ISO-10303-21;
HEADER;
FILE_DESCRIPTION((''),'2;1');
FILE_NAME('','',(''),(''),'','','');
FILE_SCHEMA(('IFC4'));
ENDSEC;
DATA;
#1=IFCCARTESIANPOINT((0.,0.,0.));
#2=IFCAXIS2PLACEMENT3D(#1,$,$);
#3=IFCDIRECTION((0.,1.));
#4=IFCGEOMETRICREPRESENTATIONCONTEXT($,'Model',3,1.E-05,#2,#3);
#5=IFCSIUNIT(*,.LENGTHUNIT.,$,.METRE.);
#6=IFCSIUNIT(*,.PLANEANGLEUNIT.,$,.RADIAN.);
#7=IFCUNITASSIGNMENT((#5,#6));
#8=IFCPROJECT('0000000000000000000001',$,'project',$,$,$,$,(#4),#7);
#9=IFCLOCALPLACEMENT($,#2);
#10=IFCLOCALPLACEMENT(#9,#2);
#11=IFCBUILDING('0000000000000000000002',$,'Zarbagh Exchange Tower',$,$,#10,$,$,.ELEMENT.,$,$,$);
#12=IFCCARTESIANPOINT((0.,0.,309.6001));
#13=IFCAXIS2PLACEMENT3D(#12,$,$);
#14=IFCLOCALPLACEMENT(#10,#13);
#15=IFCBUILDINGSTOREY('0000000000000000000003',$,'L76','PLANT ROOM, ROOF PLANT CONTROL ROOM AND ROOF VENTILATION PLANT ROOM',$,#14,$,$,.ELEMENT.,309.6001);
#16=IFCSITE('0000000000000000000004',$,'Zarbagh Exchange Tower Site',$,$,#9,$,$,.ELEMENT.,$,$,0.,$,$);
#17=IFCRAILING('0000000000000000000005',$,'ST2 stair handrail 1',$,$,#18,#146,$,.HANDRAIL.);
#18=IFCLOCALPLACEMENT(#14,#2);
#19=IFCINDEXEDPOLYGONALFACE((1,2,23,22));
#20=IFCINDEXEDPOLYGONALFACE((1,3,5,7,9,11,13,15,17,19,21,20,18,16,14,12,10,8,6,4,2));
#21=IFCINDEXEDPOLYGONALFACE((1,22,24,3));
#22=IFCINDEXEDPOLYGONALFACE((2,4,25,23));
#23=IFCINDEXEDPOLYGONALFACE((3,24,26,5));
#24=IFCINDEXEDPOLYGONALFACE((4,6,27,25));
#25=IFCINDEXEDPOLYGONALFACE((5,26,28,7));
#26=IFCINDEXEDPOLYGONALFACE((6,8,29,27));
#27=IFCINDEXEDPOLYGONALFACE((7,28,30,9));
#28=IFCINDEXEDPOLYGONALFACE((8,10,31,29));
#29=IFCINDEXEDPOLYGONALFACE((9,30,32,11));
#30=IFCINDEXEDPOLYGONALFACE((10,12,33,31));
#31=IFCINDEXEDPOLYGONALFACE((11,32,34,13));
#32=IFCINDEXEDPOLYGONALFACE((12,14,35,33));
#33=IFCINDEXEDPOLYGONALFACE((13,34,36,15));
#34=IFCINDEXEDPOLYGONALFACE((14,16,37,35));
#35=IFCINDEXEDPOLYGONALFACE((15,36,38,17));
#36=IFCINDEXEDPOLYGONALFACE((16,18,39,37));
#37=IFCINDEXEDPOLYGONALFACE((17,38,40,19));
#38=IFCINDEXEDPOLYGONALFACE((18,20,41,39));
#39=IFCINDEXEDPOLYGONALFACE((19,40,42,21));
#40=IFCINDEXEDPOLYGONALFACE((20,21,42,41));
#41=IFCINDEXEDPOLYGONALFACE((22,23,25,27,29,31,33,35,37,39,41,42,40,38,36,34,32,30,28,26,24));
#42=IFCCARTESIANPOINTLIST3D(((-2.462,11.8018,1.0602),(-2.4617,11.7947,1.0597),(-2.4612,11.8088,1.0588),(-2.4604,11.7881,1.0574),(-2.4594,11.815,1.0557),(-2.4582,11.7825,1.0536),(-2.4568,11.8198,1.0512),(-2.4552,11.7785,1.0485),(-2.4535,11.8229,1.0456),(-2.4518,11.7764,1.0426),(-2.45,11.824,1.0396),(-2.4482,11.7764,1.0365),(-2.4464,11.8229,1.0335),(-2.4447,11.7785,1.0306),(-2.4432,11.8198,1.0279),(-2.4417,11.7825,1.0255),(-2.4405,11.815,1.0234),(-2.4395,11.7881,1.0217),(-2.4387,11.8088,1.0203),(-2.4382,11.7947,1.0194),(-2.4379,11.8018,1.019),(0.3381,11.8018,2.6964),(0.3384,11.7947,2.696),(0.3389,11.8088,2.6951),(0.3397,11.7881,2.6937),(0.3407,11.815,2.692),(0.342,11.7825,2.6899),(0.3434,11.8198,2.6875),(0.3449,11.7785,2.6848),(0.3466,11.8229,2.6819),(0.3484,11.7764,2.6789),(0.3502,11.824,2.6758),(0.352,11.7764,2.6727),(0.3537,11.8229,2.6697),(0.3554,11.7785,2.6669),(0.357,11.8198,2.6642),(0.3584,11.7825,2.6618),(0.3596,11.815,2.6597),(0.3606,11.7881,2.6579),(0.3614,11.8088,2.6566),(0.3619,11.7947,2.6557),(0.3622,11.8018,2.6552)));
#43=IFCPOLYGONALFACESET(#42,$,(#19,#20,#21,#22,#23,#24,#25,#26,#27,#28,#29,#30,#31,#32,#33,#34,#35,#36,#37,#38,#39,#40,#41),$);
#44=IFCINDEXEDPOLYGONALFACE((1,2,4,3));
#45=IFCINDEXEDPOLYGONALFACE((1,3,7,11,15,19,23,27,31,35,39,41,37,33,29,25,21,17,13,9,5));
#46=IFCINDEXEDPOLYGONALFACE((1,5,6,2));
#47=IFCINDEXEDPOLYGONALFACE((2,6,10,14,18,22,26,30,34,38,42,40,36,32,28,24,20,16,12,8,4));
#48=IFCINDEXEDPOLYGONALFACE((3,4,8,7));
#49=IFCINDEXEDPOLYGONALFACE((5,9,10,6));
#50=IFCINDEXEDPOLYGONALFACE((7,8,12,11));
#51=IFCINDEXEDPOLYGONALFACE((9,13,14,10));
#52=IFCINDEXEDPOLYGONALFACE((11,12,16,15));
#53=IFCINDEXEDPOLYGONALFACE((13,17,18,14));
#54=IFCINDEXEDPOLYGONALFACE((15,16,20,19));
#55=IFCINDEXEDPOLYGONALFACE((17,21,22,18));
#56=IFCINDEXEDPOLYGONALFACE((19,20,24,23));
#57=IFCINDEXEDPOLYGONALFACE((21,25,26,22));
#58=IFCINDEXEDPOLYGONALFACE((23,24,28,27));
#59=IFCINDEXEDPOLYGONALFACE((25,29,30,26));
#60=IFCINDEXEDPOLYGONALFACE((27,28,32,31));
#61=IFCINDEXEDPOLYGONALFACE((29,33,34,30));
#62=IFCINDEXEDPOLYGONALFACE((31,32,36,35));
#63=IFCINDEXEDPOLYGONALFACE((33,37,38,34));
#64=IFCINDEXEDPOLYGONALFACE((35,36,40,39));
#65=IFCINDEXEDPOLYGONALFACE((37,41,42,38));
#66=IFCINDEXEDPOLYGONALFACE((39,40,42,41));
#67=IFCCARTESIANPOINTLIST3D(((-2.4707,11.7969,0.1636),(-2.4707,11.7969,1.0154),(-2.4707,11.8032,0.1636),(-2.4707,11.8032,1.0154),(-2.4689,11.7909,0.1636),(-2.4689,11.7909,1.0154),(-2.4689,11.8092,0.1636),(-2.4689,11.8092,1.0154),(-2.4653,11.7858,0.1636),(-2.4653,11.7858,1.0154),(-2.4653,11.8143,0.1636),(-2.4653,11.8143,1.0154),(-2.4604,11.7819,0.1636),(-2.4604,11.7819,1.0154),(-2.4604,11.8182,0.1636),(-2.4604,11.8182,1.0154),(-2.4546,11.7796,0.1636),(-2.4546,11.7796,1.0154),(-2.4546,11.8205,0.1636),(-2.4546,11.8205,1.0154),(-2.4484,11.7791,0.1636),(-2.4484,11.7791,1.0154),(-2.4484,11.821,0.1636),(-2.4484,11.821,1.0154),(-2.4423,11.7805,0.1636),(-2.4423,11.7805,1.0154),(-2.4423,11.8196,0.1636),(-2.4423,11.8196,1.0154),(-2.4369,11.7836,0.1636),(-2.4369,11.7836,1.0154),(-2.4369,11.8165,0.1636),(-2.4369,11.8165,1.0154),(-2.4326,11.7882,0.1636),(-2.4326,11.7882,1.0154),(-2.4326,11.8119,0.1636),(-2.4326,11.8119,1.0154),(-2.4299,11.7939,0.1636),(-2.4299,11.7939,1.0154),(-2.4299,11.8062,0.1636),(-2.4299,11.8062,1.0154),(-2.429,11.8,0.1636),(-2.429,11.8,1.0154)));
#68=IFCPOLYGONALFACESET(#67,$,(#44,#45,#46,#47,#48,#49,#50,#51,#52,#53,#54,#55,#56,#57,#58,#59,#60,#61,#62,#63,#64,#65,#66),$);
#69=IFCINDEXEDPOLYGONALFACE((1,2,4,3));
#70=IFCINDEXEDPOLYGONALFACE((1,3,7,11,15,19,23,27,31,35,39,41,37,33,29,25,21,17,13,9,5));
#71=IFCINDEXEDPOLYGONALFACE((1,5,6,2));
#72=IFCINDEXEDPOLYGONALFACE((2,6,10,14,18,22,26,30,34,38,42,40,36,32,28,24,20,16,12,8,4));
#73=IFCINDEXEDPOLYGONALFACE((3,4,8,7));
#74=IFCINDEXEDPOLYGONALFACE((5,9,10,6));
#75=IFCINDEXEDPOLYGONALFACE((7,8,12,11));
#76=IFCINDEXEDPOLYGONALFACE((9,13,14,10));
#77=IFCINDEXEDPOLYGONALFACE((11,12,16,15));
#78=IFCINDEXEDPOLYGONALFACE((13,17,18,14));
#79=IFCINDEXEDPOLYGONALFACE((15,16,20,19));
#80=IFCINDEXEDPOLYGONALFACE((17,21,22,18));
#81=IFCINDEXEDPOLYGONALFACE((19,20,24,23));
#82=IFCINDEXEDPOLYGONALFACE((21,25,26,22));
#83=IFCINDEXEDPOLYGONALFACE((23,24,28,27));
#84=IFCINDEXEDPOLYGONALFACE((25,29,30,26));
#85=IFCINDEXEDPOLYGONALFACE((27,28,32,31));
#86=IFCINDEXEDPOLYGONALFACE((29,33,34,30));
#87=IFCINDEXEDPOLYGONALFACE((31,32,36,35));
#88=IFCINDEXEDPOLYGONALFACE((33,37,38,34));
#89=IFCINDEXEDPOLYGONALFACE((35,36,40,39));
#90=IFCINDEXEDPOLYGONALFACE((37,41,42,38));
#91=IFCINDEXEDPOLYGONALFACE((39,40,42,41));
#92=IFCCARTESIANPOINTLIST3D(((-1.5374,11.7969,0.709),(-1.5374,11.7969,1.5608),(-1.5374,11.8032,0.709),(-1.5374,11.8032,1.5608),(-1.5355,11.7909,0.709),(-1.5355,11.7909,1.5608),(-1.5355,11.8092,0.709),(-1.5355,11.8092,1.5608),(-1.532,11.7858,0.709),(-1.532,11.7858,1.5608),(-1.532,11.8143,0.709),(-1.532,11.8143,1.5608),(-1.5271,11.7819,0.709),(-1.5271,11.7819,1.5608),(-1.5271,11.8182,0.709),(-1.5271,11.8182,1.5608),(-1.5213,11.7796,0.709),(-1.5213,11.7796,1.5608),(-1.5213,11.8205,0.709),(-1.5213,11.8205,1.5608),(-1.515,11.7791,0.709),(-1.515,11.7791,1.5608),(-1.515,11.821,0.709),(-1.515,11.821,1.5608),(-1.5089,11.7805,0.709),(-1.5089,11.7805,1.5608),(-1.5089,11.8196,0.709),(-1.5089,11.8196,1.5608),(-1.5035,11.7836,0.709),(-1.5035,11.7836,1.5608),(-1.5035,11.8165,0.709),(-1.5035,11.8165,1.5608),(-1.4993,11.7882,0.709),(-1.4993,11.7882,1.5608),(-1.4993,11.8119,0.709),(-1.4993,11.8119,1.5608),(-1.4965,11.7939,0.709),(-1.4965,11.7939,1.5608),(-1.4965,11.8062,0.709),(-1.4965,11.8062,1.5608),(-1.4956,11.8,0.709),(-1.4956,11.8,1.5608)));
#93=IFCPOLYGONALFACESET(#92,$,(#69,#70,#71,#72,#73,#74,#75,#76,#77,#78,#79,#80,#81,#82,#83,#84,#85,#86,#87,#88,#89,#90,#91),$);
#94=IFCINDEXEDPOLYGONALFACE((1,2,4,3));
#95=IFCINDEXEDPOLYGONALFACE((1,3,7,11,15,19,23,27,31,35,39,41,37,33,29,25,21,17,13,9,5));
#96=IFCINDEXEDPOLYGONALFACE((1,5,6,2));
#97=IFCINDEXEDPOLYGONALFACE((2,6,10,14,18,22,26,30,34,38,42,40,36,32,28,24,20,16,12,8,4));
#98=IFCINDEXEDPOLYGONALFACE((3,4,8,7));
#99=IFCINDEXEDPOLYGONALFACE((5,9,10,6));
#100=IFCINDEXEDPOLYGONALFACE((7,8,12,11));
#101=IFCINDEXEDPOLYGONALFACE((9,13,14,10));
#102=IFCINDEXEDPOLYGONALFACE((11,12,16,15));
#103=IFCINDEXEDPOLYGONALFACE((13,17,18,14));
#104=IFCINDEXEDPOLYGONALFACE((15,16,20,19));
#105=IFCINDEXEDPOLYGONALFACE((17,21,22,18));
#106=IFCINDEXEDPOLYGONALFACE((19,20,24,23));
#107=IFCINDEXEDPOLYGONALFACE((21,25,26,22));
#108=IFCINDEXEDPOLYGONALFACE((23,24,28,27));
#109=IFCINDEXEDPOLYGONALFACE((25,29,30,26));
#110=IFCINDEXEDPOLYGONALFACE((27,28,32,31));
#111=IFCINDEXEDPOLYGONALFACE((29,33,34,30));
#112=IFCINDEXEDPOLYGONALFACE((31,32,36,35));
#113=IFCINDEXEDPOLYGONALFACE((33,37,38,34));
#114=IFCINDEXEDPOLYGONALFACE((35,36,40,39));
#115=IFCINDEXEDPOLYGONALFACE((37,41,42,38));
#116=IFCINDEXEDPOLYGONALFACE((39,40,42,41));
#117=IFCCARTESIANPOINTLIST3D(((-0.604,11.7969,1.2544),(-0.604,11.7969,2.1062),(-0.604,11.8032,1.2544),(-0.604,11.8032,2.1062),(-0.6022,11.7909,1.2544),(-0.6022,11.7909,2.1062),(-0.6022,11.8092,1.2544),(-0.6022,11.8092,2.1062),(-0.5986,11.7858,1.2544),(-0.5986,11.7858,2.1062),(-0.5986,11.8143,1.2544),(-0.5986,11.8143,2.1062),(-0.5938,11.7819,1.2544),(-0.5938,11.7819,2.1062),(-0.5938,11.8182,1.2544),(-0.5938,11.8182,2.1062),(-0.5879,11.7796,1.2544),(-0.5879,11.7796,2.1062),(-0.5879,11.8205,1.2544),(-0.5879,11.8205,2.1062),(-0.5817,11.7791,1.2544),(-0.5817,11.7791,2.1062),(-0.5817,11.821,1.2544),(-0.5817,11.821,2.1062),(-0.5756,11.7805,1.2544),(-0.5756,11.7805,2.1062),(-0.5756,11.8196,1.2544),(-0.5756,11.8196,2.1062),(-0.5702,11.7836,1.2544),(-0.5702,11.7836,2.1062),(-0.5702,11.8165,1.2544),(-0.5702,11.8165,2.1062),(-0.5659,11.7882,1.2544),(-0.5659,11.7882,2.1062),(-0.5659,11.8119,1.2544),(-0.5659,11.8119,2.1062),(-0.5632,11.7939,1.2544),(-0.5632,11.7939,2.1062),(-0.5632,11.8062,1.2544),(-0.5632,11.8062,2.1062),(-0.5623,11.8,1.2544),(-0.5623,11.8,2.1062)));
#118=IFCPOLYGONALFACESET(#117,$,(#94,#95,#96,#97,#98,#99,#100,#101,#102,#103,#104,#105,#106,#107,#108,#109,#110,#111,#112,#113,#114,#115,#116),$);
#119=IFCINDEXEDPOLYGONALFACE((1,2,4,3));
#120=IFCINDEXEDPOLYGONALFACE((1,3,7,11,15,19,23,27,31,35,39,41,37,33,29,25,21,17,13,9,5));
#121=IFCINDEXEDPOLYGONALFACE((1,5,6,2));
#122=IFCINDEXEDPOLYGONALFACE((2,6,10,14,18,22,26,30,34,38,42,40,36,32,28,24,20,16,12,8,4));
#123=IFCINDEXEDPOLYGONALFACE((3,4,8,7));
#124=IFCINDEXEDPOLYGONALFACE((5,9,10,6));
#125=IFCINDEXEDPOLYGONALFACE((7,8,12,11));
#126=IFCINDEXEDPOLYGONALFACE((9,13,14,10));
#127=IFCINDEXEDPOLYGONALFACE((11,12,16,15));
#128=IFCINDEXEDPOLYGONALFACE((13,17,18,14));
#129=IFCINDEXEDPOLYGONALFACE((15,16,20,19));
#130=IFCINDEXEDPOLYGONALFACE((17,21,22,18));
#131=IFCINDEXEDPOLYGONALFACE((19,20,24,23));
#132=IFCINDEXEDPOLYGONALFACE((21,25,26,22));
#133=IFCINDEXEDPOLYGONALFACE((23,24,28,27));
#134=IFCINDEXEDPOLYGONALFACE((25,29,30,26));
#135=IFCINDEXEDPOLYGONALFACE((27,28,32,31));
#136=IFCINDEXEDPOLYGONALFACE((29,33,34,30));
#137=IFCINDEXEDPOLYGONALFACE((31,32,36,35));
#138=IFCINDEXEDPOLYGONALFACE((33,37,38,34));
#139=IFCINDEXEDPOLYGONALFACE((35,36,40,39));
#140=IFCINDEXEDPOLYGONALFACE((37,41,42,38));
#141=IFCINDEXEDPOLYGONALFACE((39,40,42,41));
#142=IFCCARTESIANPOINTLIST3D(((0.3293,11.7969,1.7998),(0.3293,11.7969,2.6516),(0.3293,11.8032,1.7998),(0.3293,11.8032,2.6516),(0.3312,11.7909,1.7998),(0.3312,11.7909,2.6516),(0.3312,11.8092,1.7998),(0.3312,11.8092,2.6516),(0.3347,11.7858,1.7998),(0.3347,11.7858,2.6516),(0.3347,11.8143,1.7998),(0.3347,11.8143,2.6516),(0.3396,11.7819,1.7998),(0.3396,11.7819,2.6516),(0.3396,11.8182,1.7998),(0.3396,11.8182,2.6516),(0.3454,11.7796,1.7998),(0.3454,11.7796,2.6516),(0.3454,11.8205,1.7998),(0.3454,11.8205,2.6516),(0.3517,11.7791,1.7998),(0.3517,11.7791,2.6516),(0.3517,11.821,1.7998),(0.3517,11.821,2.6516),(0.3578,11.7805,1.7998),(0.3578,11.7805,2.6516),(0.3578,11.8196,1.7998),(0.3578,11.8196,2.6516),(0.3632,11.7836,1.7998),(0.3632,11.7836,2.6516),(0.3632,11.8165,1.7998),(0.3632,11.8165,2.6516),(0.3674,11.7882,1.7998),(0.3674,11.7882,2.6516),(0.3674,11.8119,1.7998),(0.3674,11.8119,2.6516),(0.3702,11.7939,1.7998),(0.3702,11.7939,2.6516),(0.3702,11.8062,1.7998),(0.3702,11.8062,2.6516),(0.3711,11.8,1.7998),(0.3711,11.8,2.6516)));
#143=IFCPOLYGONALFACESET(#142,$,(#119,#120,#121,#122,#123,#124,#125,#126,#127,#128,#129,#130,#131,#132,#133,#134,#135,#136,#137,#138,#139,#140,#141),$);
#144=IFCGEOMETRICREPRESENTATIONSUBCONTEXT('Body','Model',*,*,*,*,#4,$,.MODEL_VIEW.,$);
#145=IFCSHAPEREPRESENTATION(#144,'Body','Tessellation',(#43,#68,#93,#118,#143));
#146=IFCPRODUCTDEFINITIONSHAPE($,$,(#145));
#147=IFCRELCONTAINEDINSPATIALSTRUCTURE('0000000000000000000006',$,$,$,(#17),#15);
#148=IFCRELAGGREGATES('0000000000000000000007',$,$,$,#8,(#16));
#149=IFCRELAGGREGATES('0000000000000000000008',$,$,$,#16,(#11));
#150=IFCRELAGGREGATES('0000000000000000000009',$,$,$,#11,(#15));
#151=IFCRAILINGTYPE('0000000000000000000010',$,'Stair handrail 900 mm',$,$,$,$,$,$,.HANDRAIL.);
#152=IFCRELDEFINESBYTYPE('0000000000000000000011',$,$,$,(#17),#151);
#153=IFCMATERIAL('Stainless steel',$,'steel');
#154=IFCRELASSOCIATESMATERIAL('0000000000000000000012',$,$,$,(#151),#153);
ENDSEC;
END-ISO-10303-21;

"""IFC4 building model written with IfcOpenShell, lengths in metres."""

from ifc_helpers import new_model, si_unit, direction, frame, origin, origin_2d, place, context, subcontext, project, spatial, circle, extrude, material, type_object, element, save


model = new_model("IFC4")

# Units and contexts
model_context = context("Model", 3, precision=1e-05, world=origin(), true_north=direction((0.0, 1.0)))
body_context = subcontext(model_context, "Body", "Model", "MODEL_VIEW")
ifc_project = project(units=[si_unit("LENGTHUNIT", "METRE"), si_unit("PLANEANGLEUNIT", "RADIAN")], contexts=[model_context])

# Site, building, storey
site_placement = place(None, origin())
site = spatial("IfcSite", under=ifc_project, at=site_placement, Name="Zarbagh Exchange Tower Site", CompositionType="ELEMENT", RefElevation=0.0)
building_placement = place(site_placement, origin())
building = spatial("IfcBuilding", under=site, at=building_placement, Name="Zarbagh Exchange Tower", CompositionType="ELEMENT")
storey_placement = place(building_placement, frame((0.0, 0.0, 309.6001)))
storey = spatial("IfcBuildingStorey", under=building, at=storey_placement, Name="L76", Description="PLANT ROOM, ROOF PLANT CONTROL ROOM AND ROOF VENTILATION PLANT ROOM", CompositionType="ELEMENT", Elevation=309.6001)

# Railing
ifc_material_1 = material(Name="Stainless steel", Category="steel")
railing_type_1 = type_object("IfcRailingType", Name="Stair handrail 900 mm", PredefinedType="HANDRAIL", material=ifc_material_1)
railing_1_placement = place(storey_placement, frame((-2.45, 11.8, 0.1636)))
element("IfcRailing", 1, at=railing_1_placement, inside=storey, type_object=railing_type_1, Name="ST2 stair handrail 1", PredefinedType="HANDRAIL", context=body_context, shape_type="SweptSolid", body=[
    extrude(circle(Radius=0.0239, at=origin_2d()), frame((0.0, 0.0, 0.876), z_axis=(0.863394, 0.0, 0.504531), x_axis=(0.0, 1.0, 0.0)), (0.0, 0.0, 1.0), 3.2432),
    extrude(circle(Radius=0.021, at=origin_2d()), origin(), (0.0, 0.0, 1.0), 0.8518),
    extrude(circle(Radius=0.021, at=origin_2d()), frame((0.9333, 0.0, 0.5454)), (0.0, 0.0, 1.0), 0.8518),
    extrude(circle(Radius=0.021, at=origin_2d()), frame((1.8667, 0.0, 1.0908)), (0.0, 0.0, 1.0), 0.8518),
    extrude(circle(Radius=0.021, at=origin_2d()), frame((2.8, 0.0, 1.6362)), (0.0, 0.0, 1.0), 0.8518),
])

save(model, "model.ifc")
